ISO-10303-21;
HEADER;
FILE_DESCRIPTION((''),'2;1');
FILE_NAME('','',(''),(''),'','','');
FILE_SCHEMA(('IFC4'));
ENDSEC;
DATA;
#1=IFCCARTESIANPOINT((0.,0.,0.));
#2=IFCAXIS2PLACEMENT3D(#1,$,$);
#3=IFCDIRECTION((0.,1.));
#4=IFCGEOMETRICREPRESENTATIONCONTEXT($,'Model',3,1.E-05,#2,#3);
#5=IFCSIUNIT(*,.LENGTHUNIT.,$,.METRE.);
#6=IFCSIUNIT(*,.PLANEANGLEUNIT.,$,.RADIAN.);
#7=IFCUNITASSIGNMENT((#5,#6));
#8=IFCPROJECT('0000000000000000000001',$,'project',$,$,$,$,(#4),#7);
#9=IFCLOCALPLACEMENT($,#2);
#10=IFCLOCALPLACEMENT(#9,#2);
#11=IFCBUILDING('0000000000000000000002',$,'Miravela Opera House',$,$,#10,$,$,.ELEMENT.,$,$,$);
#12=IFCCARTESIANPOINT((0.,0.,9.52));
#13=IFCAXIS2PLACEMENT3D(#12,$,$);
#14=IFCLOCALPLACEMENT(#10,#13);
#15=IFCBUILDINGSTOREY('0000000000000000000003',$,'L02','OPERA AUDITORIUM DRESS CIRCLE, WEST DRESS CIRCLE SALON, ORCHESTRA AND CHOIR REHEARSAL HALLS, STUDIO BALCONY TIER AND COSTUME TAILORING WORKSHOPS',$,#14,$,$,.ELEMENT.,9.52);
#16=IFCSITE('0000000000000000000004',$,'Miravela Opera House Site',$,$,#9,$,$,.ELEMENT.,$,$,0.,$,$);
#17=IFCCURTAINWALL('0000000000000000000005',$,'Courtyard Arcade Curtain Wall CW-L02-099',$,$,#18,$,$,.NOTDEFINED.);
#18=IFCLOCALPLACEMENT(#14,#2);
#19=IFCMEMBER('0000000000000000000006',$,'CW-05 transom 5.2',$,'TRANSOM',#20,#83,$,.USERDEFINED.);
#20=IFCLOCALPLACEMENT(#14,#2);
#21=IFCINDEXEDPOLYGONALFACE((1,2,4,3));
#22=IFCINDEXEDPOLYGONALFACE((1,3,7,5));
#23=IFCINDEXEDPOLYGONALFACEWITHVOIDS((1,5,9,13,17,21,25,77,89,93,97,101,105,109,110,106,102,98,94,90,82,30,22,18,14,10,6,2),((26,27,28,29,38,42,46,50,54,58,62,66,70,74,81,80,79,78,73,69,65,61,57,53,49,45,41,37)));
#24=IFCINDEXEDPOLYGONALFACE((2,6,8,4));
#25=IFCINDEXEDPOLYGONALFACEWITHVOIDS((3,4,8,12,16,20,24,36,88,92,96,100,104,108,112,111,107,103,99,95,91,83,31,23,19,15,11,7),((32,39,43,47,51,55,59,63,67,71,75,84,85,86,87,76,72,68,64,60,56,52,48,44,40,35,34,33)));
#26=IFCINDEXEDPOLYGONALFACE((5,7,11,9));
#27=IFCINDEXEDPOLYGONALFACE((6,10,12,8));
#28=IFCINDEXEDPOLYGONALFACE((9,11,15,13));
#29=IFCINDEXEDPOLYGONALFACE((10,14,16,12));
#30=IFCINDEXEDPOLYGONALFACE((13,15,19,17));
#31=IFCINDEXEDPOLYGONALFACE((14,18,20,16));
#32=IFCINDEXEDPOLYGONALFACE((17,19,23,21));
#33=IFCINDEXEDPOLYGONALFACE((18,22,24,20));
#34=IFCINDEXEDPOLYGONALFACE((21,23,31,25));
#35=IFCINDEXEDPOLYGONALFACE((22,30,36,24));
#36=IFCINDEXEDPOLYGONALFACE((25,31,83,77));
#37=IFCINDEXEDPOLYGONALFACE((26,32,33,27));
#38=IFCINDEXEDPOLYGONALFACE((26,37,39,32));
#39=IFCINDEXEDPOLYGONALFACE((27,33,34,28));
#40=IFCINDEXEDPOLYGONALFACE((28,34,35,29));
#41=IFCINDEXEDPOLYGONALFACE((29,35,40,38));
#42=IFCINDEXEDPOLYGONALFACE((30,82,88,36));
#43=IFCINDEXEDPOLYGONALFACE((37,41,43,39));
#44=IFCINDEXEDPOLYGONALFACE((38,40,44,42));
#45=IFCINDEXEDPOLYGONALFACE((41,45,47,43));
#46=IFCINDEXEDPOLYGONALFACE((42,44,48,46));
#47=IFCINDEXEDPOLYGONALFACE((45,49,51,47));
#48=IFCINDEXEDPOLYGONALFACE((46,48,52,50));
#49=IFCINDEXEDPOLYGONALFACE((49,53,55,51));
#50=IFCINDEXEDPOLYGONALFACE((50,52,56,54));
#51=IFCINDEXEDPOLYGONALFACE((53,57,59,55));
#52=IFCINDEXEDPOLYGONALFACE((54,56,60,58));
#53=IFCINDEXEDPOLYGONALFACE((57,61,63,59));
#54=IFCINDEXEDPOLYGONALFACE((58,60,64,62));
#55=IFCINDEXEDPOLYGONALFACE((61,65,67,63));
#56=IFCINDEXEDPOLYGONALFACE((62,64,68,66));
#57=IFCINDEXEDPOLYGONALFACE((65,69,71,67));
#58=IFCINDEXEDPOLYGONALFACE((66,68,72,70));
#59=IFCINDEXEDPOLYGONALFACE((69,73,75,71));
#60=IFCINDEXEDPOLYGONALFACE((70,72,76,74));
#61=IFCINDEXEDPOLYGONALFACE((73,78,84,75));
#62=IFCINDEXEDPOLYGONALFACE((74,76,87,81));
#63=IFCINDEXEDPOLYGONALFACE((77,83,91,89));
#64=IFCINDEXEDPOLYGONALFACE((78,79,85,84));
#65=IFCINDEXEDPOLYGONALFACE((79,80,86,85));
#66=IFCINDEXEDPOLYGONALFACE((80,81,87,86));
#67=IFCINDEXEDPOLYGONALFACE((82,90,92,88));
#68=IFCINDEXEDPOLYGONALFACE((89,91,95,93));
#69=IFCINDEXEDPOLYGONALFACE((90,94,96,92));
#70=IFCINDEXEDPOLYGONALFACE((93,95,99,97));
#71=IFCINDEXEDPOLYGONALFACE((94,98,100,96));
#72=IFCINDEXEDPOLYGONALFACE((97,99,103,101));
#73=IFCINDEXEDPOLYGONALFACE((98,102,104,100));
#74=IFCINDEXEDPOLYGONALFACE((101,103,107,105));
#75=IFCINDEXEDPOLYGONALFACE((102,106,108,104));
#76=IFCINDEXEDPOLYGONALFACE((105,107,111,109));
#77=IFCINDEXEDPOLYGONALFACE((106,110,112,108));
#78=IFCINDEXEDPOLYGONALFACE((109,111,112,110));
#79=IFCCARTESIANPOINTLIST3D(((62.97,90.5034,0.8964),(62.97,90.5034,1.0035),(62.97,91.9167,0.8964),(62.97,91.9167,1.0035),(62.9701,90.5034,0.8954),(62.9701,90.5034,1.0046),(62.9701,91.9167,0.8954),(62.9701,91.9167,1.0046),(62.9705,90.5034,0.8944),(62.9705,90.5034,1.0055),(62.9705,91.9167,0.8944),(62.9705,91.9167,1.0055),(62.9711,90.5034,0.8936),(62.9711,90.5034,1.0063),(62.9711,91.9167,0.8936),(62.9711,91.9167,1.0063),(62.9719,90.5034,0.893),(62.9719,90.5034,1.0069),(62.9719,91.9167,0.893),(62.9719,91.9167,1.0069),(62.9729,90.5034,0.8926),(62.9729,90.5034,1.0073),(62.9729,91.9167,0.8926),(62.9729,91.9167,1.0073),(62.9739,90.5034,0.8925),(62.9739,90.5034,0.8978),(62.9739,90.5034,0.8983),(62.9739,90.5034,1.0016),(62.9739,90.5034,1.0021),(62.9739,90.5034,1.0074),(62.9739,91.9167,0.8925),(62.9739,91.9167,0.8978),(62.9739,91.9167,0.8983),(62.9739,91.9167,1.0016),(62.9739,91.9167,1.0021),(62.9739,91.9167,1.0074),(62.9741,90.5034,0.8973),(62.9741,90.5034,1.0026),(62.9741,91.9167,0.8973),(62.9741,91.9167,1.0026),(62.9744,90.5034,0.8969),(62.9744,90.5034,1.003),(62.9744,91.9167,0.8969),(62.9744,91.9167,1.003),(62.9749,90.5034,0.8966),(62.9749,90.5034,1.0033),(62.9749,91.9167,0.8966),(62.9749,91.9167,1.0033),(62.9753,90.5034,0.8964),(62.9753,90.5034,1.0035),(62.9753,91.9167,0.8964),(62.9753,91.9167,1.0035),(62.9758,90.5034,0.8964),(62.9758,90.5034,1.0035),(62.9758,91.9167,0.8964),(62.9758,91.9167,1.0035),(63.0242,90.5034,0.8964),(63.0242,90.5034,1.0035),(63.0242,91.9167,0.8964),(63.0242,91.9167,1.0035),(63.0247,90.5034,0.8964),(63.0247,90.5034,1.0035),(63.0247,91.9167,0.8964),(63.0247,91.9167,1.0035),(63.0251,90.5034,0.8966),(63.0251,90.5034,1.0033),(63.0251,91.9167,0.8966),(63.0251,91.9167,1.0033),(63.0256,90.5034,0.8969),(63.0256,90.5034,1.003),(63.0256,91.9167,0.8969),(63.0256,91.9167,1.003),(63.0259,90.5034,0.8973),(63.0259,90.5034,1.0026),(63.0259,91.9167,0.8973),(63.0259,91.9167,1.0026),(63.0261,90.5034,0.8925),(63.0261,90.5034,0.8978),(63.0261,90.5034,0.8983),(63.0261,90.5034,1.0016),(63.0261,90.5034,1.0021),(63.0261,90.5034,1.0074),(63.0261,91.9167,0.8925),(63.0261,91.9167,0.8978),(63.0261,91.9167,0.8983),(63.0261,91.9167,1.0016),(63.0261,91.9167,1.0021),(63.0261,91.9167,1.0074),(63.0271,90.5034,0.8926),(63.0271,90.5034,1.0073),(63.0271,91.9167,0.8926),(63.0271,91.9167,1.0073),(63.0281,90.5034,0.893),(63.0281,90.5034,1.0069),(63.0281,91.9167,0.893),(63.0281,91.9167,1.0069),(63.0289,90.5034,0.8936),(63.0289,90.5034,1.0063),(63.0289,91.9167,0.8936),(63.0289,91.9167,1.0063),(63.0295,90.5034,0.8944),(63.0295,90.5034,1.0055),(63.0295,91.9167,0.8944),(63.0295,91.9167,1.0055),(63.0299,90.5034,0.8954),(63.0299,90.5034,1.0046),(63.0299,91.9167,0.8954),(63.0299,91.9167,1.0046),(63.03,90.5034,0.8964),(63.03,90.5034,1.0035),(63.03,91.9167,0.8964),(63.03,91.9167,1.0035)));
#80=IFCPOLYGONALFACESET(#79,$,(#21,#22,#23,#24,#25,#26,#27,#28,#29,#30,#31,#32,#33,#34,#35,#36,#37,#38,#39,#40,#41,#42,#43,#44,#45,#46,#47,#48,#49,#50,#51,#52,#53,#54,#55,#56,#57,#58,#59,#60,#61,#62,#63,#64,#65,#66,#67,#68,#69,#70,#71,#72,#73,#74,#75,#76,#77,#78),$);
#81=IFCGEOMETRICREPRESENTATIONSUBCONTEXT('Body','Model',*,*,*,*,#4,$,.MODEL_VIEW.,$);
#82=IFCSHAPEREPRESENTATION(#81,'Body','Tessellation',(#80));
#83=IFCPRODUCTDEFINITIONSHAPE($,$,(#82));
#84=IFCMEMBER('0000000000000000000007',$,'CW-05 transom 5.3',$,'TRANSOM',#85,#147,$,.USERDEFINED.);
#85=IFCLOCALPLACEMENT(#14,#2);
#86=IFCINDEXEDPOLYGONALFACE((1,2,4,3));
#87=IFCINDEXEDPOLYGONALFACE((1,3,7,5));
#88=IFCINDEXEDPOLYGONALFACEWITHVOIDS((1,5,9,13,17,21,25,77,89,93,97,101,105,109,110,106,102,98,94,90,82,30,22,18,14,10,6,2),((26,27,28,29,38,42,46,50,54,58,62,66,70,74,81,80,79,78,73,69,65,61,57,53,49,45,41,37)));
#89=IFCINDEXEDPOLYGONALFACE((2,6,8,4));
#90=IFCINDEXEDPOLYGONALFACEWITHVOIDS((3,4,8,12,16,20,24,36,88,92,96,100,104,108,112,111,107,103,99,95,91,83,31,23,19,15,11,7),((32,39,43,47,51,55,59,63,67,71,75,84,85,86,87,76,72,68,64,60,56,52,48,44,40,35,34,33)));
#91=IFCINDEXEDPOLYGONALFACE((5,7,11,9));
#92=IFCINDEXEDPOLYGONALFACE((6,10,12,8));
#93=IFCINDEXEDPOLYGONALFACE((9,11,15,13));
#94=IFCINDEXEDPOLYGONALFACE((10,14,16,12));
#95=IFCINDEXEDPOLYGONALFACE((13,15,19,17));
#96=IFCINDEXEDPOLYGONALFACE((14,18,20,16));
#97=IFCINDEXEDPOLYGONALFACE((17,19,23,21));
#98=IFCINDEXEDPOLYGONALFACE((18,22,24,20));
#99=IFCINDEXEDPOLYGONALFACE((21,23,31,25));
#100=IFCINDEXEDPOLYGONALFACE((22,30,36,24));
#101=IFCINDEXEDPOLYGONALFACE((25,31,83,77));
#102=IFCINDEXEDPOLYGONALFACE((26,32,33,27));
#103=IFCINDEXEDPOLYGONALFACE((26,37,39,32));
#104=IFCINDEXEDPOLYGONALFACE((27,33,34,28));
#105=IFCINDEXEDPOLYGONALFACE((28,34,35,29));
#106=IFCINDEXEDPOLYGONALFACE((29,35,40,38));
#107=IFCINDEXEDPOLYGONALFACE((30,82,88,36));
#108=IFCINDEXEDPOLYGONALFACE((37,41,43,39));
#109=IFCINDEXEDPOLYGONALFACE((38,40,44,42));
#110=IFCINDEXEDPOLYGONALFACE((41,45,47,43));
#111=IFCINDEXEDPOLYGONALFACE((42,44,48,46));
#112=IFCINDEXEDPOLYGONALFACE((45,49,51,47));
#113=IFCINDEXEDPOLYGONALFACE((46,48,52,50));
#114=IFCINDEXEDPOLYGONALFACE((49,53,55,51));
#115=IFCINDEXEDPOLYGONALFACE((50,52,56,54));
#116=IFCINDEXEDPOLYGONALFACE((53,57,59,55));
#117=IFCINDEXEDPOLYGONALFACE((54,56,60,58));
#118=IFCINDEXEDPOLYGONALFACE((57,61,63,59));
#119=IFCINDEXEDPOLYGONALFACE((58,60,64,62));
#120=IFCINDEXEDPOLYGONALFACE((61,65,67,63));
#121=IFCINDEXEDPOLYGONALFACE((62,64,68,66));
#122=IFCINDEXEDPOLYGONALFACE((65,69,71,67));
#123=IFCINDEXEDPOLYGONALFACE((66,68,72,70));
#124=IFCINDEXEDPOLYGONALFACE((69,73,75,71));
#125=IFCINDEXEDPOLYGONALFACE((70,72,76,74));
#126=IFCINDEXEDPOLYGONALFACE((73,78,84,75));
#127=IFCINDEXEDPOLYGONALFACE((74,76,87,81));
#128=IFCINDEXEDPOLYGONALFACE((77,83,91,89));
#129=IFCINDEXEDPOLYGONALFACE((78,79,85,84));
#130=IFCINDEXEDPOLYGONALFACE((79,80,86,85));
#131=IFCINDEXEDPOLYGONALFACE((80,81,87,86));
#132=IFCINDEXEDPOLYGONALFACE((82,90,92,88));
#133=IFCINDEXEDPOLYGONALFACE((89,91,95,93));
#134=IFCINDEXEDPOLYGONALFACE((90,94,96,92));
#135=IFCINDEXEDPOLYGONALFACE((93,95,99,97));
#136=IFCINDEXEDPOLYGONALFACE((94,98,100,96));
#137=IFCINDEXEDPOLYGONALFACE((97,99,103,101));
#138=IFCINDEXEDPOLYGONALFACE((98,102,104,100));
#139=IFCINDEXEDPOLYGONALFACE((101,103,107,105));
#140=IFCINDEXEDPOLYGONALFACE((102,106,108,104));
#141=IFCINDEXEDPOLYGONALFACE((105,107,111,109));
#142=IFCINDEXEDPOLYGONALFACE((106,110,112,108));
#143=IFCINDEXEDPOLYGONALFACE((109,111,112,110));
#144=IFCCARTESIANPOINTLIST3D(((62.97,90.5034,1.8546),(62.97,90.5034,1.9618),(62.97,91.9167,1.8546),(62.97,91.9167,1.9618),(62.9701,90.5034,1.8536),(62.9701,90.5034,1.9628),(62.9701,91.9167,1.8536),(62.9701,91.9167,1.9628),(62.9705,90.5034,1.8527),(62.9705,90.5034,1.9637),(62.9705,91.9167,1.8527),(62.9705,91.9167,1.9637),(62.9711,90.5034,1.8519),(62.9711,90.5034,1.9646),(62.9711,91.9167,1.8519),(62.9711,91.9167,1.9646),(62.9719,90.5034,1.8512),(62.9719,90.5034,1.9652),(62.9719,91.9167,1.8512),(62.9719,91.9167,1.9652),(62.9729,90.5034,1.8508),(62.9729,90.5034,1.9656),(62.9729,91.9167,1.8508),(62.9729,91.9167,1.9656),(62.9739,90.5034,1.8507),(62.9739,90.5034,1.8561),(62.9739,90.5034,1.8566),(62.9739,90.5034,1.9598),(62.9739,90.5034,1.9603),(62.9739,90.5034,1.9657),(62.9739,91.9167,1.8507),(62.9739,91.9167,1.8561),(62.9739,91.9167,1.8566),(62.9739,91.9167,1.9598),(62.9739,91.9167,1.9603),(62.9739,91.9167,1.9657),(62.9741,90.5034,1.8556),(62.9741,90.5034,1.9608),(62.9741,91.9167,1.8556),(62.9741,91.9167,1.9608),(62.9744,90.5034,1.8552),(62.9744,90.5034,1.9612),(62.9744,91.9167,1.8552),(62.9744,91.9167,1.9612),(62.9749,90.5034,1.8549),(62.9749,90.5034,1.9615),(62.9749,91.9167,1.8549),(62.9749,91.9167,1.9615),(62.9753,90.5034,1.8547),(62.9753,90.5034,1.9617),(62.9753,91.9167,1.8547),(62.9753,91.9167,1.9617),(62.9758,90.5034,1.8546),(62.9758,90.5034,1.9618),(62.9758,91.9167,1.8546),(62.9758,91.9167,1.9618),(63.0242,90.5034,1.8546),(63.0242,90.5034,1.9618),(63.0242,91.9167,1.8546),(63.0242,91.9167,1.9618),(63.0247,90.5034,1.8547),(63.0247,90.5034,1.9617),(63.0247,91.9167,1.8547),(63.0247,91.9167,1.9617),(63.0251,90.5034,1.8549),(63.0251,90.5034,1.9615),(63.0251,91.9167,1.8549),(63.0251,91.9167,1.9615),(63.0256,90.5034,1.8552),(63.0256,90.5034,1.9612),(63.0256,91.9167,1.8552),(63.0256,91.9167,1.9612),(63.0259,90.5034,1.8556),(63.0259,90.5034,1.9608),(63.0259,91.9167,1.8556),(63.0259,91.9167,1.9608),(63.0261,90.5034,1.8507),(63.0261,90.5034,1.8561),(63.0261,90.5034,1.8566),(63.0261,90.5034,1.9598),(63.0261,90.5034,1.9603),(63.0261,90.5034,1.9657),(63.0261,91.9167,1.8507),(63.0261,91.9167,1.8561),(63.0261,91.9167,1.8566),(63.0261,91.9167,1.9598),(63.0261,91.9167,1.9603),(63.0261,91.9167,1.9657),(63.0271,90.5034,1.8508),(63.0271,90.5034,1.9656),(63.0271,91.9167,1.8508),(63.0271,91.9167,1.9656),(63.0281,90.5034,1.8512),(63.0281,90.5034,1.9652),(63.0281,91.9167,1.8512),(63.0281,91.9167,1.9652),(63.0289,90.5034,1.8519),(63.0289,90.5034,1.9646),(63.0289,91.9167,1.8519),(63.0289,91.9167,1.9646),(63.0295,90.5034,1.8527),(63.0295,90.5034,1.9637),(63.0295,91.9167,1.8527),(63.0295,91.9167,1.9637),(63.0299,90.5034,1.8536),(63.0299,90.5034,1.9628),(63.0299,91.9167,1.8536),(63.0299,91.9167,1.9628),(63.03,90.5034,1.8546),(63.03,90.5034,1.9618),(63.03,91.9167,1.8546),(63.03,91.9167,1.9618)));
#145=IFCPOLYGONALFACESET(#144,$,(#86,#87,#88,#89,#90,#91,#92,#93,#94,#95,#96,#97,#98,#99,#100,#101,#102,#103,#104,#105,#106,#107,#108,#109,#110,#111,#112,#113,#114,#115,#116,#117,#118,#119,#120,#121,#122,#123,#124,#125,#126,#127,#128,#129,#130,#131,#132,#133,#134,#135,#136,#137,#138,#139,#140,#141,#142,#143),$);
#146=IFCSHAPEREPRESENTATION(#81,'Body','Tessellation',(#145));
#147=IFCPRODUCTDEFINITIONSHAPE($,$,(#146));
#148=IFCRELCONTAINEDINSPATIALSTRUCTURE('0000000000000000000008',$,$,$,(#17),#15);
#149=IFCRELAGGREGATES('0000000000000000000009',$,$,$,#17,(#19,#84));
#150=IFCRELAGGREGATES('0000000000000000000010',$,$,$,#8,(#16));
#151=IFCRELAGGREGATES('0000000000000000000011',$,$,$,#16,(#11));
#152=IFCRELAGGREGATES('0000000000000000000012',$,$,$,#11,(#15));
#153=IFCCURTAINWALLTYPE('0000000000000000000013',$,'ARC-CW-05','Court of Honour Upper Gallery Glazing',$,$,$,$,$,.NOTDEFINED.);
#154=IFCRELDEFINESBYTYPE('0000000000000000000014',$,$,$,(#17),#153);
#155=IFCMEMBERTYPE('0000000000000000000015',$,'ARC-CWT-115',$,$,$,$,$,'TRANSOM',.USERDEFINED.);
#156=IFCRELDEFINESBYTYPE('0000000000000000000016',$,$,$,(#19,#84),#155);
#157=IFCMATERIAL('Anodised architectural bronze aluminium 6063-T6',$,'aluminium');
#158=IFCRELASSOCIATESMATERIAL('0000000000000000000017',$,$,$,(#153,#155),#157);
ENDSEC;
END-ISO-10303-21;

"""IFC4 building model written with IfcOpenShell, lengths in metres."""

from ifc_helpers import new_model, si_unit, direction, frame, origin, origin_2d, place, context, subcontext, project, spatial, hollow_rectangle, extrude, material, material_profile, profile_set, type_object, element, aggregate, save


model = new_model("IFC4")

# Units and contexts
model_context = context("Model", 3, precision=1e-05, world=origin(), true_north=direction((0.0, 1.0)))
body_context = subcontext(model_context, "Body", "Model", "MODEL_VIEW")
ifc_project = project(units=[si_unit("LENGTHUNIT", "METRE"), si_unit("PLANEANGLEUNIT", "RADIAN")], contexts=[model_context])

# Site, building, storey
site_placement = place(None, origin())
site = spatial("IfcSite", under=ifc_project, at=site_placement, Name="Miravela Opera House Site", CompositionType="ELEMENT", RefElevation=0.0)
building_placement = place(site_placement, origin())
building = spatial("IfcBuilding", under=site, at=building_placement, Name="Miravela Opera House", CompositionType="ELEMENT")
storey_placement = place(building_placement, frame((0.0, 0.0, 9.52)))
storey = spatial("IfcBuildingStorey", under=building, at=storey_placement, Name="L02", Description="OPERA AUDITORIUM DRESS CIRCLE, WEST DRESS CIRCLE SALON, ORCHESTRA AND CHOIR REHEARSAL HALLS, STUDIO BALCONY TIER AND COSTUME TAILORING WORKSHOPS", CompositionType="ELEMENT", Elevation=9.52)

# Curtain wall, members
ifc_material_1 = material(Name="Anodised architectural bronze aluminium 6063-T6", Category="aluminium")
curtain_wall_type = type_object("IfcCurtainWallType", Name="ARC-CW-05", Description="Court of Honour Upper Gallery Glazing", PredefinedType="NOTDEFINED", material=ifc_material_1)
curtain_wall_placement = place(storey_placement, origin())
curtain_wall = element("IfcCurtainWall", 1, at=curtain_wall_placement, inside=storey, type_object=curtain_wall_type, Name="Courtyard Arcade Curtain Wall CW-L02-099", PredefinedType="NOTDEFINED")
ifc_material_profile_1 = material_profile(ifc_material_1, hollow_rectangle(XDim=0.0601, YDim=0.115, WallThickness=0.0039, InnerFilletRadius=0.002, OuterFilletRadius=0.0039, at=origin_2d()), Name="CWT-60X115")
ifc_profile_set_1 = profile_set([ifc_material_profile_1])
member_type_1 = type_object("IfcMemberType", Name="ARC-CWT-115", ElementType="TRANSOM", PredefinedType="USERDEFINED", material=ifc_profile_set_1)
member_1_placement = place(storey_placement, frame((63.0, 90.5034, 0.95), z_axis=(0.0, 1.0, 0.0), x_axis=(-1.0, 0.0, 0.0)))
member_1 = element("IfcMember", 2, at=member_1_placement, type_object=member_type_1, Name="CW-05 transom 5.2", ObjectType="TRANSOM", PredefinedType="USERDEFINED", context=body_context, shape_type="SweptSolid", body=[
    extrude(hollow_rectangle(XDim=0.0601, YDim=0.115, WallThickness=0.0039, InnerFilletRadius=0.002, OuterFilletRadius=0.0039, at=origin_2d()), origin(), (0.0, 0.0, 1.0), 1.4133),
])
member_2_placement = place(storey_placement, frame((63.0, 90.5034, 1.9082), z_axis=(0.0, 1.0, 0.0), x_axis=(-1.0, 0.0, 0.0)))
member_2 = element("IfcMember", 3, at=member_2_placement, type_object=member_type_1, Name="CW-05 transom 5.3", ObjectType="TRANSOM", PredefinedType="USERDEFINED", context=body_context, shape_type="SweptSolid", body=[
    extrude(hollow_rectangle(XDim=0.0601, YDim=0.115, WallThickness=0.0039, InnerFilletRadius=0.002, OuterFilletRadius=0.0039, at=origin_2d()), origin(), (0.0, 0.0, 1.0), 1.4133),
])

aggregate(curtain_wall, [member_1, member_2])

save(model, "model.ifc")
